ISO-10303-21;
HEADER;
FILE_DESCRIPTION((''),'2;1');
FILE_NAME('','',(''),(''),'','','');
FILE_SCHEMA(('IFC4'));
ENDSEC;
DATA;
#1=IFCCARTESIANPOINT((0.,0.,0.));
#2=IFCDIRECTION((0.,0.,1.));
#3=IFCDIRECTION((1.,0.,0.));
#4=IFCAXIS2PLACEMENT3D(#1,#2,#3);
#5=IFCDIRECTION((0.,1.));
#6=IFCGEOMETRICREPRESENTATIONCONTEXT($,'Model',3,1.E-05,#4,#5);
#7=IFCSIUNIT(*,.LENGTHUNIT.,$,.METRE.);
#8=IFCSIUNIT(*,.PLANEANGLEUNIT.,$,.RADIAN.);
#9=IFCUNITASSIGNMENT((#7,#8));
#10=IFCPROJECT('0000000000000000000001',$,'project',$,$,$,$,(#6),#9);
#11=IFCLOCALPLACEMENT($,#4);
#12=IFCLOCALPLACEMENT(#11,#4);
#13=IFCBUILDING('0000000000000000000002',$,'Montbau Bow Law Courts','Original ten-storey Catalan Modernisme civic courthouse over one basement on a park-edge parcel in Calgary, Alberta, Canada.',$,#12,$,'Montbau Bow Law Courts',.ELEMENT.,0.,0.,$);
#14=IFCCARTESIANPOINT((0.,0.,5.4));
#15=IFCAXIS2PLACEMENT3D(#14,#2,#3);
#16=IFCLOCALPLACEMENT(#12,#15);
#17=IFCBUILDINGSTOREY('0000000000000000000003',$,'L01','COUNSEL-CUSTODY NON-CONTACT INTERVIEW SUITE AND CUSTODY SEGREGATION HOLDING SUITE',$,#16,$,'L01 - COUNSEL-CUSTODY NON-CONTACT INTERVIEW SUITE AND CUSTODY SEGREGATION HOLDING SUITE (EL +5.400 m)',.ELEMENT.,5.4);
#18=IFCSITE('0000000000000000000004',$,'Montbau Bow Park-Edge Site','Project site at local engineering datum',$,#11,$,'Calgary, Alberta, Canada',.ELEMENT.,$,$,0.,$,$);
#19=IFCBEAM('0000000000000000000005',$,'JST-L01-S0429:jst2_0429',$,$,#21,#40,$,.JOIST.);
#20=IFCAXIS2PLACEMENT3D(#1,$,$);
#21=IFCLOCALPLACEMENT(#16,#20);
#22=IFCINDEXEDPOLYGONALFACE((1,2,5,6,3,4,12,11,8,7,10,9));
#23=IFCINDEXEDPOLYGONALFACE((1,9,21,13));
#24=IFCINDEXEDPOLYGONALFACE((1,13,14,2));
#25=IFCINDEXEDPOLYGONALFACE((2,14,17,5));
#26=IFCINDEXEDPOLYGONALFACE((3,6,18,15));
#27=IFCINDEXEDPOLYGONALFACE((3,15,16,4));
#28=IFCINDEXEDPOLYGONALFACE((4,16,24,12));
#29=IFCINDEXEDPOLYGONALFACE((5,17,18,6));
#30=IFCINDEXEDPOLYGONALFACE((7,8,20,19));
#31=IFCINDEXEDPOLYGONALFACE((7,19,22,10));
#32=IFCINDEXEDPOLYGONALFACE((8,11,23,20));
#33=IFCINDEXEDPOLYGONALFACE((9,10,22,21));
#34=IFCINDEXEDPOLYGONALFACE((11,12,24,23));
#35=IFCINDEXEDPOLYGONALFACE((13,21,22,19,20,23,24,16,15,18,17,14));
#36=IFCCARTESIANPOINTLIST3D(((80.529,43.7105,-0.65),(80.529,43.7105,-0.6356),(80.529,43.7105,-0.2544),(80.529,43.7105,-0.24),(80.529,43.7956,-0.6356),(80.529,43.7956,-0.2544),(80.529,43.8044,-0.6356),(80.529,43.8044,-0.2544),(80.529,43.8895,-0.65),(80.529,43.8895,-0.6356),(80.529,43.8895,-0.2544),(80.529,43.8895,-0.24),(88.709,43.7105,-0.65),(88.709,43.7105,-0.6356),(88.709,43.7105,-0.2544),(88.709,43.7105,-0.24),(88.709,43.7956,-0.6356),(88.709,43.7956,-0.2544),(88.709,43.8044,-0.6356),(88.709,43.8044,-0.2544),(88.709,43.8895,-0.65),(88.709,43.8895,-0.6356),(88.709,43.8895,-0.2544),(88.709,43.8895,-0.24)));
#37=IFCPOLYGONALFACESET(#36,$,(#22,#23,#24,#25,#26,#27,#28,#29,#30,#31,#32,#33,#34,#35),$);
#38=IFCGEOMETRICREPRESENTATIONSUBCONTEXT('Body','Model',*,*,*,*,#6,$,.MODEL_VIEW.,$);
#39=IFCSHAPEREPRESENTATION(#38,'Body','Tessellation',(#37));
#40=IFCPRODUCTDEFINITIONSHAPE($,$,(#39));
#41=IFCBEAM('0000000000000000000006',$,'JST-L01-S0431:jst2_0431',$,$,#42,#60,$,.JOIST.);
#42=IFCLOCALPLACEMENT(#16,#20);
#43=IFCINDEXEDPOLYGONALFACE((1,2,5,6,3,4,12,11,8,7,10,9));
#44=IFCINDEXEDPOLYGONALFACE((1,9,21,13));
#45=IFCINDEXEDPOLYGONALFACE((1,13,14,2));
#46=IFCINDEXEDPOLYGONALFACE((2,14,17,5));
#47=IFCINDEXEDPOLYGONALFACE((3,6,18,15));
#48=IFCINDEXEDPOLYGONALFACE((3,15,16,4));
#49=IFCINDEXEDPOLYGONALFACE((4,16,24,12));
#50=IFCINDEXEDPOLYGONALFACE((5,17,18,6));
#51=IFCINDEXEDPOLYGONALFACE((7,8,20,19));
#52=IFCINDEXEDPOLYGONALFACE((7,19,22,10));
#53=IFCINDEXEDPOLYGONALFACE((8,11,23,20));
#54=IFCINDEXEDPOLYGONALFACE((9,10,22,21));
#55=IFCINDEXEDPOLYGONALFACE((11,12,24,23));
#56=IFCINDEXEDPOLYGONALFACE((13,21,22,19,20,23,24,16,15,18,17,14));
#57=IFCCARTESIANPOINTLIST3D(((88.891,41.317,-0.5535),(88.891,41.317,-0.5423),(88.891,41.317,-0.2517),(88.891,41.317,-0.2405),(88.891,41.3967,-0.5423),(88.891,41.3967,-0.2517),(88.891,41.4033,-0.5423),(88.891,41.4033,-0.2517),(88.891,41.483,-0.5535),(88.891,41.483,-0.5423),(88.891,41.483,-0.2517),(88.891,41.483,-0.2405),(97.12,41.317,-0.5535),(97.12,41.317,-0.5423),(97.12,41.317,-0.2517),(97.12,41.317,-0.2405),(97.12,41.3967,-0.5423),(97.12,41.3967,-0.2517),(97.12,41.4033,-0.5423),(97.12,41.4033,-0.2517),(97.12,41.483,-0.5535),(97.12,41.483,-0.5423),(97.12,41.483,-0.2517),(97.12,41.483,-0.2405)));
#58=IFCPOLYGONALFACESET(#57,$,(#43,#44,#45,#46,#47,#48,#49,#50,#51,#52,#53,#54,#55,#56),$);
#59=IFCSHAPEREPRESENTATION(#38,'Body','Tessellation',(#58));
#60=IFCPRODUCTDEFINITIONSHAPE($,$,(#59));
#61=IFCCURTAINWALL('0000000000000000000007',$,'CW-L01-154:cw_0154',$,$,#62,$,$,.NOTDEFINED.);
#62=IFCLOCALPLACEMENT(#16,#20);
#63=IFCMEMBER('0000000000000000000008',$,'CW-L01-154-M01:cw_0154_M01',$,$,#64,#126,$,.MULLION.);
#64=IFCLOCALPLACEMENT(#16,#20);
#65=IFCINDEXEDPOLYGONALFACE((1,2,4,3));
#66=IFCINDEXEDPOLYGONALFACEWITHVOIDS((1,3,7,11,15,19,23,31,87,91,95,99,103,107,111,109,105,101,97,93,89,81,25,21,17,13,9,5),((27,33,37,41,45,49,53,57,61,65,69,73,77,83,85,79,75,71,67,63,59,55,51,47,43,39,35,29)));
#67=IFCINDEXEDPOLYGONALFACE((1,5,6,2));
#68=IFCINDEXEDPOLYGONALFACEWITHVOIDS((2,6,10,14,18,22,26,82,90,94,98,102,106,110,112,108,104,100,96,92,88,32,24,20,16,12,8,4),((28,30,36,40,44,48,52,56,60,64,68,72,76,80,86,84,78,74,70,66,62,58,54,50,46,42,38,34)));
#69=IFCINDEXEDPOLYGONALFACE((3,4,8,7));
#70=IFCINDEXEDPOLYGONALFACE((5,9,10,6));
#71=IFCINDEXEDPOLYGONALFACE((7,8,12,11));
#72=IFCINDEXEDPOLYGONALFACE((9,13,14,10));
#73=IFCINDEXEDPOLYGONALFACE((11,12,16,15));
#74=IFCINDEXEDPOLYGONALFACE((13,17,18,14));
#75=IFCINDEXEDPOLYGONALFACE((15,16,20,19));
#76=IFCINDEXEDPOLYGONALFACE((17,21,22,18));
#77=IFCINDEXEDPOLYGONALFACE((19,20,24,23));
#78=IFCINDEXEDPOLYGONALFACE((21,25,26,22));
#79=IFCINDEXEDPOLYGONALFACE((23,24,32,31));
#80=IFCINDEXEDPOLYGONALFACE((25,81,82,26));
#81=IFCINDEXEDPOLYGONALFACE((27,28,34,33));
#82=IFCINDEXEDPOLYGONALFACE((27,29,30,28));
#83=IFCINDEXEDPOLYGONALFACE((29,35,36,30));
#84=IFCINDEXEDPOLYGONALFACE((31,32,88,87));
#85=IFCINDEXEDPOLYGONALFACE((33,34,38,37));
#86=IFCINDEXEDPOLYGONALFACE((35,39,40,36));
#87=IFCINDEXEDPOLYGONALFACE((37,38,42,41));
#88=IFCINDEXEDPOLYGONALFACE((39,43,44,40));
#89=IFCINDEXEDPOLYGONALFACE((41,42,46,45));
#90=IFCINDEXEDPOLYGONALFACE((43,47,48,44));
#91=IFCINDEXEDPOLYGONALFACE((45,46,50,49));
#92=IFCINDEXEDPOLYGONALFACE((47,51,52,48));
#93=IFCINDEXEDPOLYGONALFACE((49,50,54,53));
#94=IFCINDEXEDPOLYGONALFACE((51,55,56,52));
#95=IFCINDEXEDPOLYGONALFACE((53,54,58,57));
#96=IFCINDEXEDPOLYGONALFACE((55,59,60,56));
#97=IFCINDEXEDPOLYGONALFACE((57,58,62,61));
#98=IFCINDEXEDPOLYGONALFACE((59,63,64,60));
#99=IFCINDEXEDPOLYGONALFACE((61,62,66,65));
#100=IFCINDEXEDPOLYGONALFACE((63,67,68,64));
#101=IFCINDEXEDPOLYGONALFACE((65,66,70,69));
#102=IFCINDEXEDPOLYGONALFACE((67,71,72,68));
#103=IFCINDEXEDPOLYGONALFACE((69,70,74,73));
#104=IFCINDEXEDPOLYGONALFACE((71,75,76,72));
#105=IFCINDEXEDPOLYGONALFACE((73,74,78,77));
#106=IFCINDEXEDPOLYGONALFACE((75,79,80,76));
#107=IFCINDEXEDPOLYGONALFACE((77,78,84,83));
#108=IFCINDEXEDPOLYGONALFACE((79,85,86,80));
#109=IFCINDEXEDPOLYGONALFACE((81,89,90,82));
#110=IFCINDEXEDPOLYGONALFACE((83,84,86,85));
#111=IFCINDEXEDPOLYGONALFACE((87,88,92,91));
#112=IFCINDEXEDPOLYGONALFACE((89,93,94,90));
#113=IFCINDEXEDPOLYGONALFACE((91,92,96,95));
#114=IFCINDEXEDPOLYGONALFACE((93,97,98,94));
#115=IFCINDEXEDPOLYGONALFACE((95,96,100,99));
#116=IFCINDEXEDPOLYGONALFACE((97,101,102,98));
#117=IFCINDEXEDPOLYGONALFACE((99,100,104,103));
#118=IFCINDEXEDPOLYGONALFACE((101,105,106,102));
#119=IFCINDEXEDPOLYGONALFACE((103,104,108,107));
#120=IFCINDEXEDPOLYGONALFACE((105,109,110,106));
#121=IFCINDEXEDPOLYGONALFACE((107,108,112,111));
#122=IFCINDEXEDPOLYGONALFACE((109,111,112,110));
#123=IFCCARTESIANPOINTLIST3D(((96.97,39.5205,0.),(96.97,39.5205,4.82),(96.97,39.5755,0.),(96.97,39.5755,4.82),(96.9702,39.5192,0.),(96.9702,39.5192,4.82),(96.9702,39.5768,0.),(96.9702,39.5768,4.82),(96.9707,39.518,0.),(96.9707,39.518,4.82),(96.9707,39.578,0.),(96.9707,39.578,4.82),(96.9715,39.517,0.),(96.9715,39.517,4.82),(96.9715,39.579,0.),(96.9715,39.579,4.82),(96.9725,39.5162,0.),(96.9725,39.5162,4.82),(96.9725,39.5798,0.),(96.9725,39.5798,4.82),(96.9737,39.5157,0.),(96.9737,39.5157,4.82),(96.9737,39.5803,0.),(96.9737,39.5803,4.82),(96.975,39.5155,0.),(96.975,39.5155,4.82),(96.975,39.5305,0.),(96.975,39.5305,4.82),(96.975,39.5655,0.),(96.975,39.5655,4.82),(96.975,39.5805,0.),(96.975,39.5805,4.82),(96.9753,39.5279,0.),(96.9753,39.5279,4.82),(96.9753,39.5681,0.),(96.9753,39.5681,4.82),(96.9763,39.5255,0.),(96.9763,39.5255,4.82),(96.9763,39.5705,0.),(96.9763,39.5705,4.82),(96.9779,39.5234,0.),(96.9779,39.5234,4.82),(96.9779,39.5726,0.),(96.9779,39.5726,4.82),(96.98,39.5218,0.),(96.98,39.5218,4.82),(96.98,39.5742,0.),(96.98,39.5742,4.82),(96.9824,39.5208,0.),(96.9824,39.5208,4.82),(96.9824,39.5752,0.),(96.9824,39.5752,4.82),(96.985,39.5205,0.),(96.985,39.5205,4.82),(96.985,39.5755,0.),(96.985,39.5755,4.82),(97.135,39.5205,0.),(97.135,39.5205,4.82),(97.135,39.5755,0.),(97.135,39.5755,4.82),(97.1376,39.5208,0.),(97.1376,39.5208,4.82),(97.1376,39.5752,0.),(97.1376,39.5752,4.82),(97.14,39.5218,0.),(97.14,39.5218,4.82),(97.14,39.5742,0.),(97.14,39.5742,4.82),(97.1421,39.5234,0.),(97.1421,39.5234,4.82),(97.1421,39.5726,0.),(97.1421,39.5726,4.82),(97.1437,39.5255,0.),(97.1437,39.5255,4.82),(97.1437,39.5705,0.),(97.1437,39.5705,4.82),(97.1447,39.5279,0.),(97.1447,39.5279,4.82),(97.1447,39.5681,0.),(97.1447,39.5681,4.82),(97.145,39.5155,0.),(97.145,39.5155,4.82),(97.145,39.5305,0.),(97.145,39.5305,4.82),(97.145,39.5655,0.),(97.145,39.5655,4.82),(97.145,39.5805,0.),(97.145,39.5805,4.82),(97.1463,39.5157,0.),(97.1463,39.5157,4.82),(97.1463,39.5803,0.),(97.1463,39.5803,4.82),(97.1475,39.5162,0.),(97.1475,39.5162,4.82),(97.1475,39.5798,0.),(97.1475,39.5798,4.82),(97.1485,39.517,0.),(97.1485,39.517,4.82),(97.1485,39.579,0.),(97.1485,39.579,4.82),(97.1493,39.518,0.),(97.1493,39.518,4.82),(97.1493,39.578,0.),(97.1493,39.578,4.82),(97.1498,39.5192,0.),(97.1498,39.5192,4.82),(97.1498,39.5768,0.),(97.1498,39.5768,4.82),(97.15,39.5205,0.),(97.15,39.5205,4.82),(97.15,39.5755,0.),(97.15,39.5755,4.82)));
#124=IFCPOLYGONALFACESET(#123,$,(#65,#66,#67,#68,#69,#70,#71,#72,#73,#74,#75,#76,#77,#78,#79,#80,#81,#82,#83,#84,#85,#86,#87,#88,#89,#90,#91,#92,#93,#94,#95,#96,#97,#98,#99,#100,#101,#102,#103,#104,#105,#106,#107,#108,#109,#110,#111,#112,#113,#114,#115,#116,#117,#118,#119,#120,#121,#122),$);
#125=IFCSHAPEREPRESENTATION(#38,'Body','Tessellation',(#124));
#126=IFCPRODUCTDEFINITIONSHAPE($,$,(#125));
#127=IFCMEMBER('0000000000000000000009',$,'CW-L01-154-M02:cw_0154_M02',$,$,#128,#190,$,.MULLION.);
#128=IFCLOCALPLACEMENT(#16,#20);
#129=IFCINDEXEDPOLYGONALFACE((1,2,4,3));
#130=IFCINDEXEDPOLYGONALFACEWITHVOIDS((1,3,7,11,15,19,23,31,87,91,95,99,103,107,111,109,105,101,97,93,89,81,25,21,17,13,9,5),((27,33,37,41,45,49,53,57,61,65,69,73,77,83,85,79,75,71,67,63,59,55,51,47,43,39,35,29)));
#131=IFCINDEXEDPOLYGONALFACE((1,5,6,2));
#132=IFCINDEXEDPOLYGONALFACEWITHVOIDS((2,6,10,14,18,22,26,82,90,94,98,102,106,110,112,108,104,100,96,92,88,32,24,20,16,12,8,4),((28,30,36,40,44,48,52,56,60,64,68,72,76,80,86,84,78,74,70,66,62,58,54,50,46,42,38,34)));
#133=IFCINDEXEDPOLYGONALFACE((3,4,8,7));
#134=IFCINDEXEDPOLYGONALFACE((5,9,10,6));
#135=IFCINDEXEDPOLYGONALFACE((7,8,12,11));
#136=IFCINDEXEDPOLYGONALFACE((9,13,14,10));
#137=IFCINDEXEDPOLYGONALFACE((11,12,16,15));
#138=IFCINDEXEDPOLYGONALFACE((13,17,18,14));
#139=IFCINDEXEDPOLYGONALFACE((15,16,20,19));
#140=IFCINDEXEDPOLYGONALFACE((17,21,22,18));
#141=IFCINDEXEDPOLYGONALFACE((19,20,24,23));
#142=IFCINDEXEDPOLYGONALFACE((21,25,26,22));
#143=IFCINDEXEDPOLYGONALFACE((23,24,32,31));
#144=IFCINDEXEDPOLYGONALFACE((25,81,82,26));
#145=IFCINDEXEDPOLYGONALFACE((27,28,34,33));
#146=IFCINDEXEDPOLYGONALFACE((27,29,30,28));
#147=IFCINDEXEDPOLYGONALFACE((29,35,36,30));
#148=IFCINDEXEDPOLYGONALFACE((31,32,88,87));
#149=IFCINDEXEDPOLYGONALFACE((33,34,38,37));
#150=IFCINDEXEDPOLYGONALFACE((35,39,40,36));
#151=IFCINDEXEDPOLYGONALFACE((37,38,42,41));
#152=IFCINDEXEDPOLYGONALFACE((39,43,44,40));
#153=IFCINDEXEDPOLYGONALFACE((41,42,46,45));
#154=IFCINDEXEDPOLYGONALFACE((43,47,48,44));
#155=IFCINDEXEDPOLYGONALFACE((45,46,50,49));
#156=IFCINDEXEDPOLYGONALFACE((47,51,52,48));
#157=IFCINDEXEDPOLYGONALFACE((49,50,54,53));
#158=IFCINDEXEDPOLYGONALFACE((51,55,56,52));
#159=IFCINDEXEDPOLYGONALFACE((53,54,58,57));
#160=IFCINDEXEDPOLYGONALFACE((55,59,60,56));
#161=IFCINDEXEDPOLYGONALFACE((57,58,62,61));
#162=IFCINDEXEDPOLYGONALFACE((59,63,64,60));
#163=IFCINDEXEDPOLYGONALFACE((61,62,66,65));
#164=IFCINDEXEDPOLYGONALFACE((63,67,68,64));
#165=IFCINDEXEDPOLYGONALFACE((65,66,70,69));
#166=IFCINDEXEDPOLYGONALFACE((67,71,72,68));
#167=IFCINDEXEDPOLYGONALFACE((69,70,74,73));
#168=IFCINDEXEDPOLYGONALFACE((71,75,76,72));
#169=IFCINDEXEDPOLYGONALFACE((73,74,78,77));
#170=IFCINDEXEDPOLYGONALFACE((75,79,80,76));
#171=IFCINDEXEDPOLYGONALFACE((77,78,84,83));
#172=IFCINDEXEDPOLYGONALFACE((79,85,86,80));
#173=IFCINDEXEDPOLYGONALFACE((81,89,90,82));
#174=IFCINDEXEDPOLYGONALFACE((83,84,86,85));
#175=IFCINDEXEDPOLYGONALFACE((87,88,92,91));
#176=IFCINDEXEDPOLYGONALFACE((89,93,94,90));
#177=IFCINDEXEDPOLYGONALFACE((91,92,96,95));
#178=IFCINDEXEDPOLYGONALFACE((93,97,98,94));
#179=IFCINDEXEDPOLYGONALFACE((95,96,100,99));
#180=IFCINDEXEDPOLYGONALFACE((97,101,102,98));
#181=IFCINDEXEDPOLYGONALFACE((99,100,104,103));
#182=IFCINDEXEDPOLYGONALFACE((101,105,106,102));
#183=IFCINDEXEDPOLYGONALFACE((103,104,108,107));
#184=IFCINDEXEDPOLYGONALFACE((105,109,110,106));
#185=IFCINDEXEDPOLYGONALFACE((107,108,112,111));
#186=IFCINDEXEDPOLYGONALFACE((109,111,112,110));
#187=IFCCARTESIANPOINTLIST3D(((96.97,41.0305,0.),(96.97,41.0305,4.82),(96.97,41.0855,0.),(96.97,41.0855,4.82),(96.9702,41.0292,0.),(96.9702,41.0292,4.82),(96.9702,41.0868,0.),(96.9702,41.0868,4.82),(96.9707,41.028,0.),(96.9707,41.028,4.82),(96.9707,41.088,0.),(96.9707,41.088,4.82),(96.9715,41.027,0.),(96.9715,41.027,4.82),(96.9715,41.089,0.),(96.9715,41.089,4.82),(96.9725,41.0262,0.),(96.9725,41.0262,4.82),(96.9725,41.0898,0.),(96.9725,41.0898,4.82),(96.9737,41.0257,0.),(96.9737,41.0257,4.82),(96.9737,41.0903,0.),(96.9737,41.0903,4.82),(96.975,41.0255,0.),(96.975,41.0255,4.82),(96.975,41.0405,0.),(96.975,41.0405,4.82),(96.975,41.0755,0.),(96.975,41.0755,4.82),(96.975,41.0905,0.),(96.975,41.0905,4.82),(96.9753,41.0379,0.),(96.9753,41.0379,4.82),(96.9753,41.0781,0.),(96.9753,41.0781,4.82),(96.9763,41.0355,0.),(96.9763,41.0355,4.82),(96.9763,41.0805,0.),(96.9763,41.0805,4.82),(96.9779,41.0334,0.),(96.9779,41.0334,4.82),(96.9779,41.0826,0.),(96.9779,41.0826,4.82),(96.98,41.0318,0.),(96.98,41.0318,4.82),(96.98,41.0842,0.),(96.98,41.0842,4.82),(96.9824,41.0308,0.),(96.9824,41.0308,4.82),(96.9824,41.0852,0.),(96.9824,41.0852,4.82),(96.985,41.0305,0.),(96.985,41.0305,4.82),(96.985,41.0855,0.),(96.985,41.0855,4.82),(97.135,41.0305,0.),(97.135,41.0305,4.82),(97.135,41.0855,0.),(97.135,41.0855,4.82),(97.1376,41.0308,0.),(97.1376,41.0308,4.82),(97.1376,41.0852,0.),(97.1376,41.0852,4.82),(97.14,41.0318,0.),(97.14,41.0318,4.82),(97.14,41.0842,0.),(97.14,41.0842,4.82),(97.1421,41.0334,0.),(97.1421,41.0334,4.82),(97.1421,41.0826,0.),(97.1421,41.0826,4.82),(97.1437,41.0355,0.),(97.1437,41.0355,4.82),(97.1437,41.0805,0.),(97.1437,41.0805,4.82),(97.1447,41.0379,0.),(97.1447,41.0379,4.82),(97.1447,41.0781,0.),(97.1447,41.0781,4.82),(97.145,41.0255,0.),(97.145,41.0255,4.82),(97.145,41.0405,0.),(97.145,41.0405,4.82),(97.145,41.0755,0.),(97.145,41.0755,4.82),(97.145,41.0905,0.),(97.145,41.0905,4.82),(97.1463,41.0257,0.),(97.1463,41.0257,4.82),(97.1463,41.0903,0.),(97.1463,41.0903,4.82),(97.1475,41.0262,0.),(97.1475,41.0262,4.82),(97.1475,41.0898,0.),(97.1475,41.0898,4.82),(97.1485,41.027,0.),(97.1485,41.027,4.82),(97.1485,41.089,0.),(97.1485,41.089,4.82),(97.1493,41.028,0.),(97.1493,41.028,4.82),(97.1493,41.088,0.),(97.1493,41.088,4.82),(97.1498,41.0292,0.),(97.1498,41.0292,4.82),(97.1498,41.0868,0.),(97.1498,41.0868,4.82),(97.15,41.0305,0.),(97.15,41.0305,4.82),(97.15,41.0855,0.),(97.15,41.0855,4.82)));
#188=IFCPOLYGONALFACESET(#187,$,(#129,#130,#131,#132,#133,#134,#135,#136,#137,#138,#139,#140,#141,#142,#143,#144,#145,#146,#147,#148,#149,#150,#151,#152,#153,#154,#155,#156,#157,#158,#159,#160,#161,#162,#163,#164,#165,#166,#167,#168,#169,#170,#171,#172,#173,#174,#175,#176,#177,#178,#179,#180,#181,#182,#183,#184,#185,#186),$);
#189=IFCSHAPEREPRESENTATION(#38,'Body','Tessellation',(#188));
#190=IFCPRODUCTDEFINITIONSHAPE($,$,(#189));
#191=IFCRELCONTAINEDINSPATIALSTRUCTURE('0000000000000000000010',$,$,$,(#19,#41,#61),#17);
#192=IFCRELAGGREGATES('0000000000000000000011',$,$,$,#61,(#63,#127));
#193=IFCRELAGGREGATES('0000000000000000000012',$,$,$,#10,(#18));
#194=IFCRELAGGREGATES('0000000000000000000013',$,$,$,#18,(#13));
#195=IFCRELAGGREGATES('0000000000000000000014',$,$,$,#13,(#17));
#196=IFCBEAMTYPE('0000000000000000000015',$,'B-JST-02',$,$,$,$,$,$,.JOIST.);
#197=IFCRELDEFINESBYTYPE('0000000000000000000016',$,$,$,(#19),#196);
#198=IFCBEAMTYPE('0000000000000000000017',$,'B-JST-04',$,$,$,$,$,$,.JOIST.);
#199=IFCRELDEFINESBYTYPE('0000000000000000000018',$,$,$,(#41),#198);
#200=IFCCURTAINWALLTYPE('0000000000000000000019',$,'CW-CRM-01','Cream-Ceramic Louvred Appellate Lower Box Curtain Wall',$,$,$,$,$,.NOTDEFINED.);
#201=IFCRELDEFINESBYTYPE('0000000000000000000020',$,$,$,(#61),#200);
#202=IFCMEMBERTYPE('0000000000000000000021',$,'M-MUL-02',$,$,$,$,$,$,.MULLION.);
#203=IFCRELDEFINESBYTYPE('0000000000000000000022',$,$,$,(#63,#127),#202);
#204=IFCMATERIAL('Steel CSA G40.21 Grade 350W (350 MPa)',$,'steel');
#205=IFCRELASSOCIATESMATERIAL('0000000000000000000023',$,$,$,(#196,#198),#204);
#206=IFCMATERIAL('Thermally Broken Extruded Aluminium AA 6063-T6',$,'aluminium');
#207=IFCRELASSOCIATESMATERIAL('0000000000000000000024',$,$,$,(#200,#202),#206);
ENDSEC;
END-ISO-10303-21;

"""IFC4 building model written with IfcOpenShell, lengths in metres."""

from ifc_helpers import new_model, si_unit, direction, frame, origin_with_axes, origin_2d_with_axis, place, context, subcontext, project, spatial, hollow_rectangle, i_section, extrude, material, material_profile, profile_set, type_object, element, aggregate, save


model = new_model("IFC4")

# Units and contexts
model_context = context("Model", 3, precision=1e-05, world=origin_with_axes(), true_north=direction((0.0, 1.0)))
body_context = subcontext(model_context, "Body", "Model", "MODEL_VIEW")
ifc_project = project(units=[si_unit("LENGTHUNIT", "METRE"), si_unit("PLANEANGLEUNIT", "RADIAN")], contexts=[model_context])

# Site, building, storey
site_placement = place(None, origin_with_axes())
site = spatial("IfcSite", under=ifc_project, at=site_placement, Name="Montbau Bow Park-Edge Site", Description="Project site at local engineering datum", LongName="Calgary, Alberta, Canada", CompositionType="ELEMENT", RefElevation=0.0)
building_placement = place(site_placement, origin_with_axes())
building = spatial("IfcBuilding", under=site, at=building_placement, Name="Montbau Bow Law Courts", Description="Original ten-storey Catalan Modernisme civic courthouse over one basement on a park-edge parcel in Calgary, Alberta, Canada.", LongName="Montbau Bow Law Courts", CompositionType="ELEMENT", ElevationOfRefHeight=0.0, ElevationOfTerrain=0.0)
storey_placement = place(building_placement, frame((0.0, 0.0, 5.4), z_axis=(0.0, 0.0, 1.0), x_axis=(1.0, 0.0, 0.0)))
storey = spatial("IfcBuildingStorey", under=building, at=storey_placement, Name="L01", Description="COUNSEL-CUSTODY NON-CONTACT INTERVIEW SUITE AND CUSTODY SEGREGATION HOLDING SUITE", LongName="L01 - COUNSEL-CUSTODY NON-CONTACT INTERVIEW SUITE AND CUSTODY SEGREGATION HOLDING SUITE (EL +5.400 m)", CompositionType="ELEMENT", Elevation=5.4)

# Shared definitions
ifc_material_1 = material(Name="Steel CSA G40.21 Grade 350W (350 MPa)", Category="steel")

# Beams
ifc_material_profile_1 = material_profile(ifc_material_1, i_section(OverallWidth=0.179, OverallDepth=0.41, WebThickness=0.0088, FlangeThickness=0.0144, at=origin_2d_with_axis()), Name="W410X67", Category="Main", Priority=0)
ifc_profile_set_1 = profile_set([ifc_material_profile_1], Name="Steel CSA G40.21 Grade 350W (350 MPa)")
beam_type_1 = type_object("IfcBeamType", Name="B-JST-02", PredefinedType="JOIST", material=ifc_profile_set_1)
beam_1_placement = place(None, frame((80.529, 43.8, 4.955), z_axis=(1.0, 0.0, 0.0), x_axis=(0.0, 1.0, 0.0)))
element("IfcBeam", 1, at=beam_1_placement, inside=storey, type_object=beam_type_1, Name="JST-L01-S0429:jst2_0429", PredefinedType="JOIST", context=body_context, shape_type="SweptSolid", body=[
    extrude(i_section(OverallWidth=0.179, OverallDepth=0.41, WebThickness=0.0088, FlangeThickness=0.0144, at=origin_2d_with_axis()), origin_with_axes(), (0.0, 0.0, 1.0), 8.18),
])
ifc_material_profile_2 = material_profile(ifc_material_1, i_section(OverallWidth=0.166, OverallDepth=0.313, WebThickness=0.0066, FlangeThickness=0.0112, at=origin_2d_with_axis()), Name="W310X45", Category="Main", Priority=0)
ifc_profile_set_2 = profile_set([ifc_material_profile_2], Name="Steel CSA G40.21 Grade 350W (350 MPa)")
beam_type_2 = type_object("IfcBeamType", Name="B-JST-04", PredefinedType="JOIST", material=ifc_profile_set_2)
beam_2_placement = place(None, frame((88.891, 41.4, 5.003), z_axis=(1.0, 0.0, 0.0), x_axis=(0.0, 1.0, 0.0)))
element("IfcBeam", 2, at=beam_2_placement, inside=storey, type_object=beam_type_2, Name="JST-L01-S0431:jst2_0431", PredefinedType="JOIST", context=body_context, shape_type="SweptSolid", body=[
    extrude(i_section(OverallWidth=0.166, OverallDepth=0.313, WebThickness=0.0066, FlangeThickness=0.0112, at=origin_2d_with_axis()), origin_with_axes(), (0.0, 0.0, 1.0), 8.229),
])

# Curtain wall, members
ifc_material_2 = material(Name="Thermally Broken Extruded Aluminium AA 6063-T6", Category="aluminium")
curtain_wall_type = type_object("IfcCurtainWallType", Name="CW-CRM-01", Description="Cream-Ceramic Louvred Appellate Lower Box Curtain Wall", PredefinedType="NOTDEFINED", material=ifc_material_2)
curtain_wall_placement = place(None, frame((97.06, 39.515, 5.4), z_axis=(0.0, 0.0, 1.0), x_axis=(1.0, 0.0, 0.0)))
curtain_wall = element("IfcCurtainWall", 3, at=curtain_wall_placement, inside=storey, type_object=curtain_wall_type, Name="CW-L01-154:cw_0154", PredefinedType="NOTDEFINED")
ifc_material_profile_3 = material_profile(ifc_material_2, hollow_rectangle(XDim=0.065, YDim=0.18, WallThickness=0.005, InnerFilletRadius=0.01, OuterFilletRadius=0.005, at=origin_2d_with_axis()), Name="CWM-180X65", Category="Main", Priority=0)
ifc_profile_set_3 = profile_set([ifc_material_profile_3], Name="Thermally Broken Extruded Aluminium AA 6063-T6")
member_type_1 = type_object("IfcMemberType", Name="M-MUL-02", PredefinedType="MULLION", material=ifc_profile_set_3)
member_1_placement = place(None, frame((97.06, 39.548, 5.4), z_axis=(0.0, 0.0, 1.0), x_axis=(0.0, 1.0, 0.0)))
member_1 = element("IfcMember", 4, at=member_1_placement, type_object=member_type_1, Name="CW-L01-154-M01:cw_0154_M01", PredefinedType="MULLION", context=body_context, shape_type="SweptSolid", body=[
    extrude(hollow_rectangle(XDim=0.065, YDim=0.18, WallThickness=0.005, InnerFilletRadius=0.01, OuterFilletRadius=0.005, at=origin_2d_with_axis()), origin_with_axes(), (0.0, 0.0, 1.0), 4.82),
])
member_2_placement = place(None, frame((97.06, 41.058, 5.4), z_axis=(0.0, 0.0, 1.0), x_axis=(0.0, 1.0, 0.0)))
member_2 = element("IfcMember", 5, at=member_2_placement, type_object=member_type_1, Name="CW-L01-154-M02:cw_0154_M02", PredefinedType="MULLION", context=body_context, shape_type="SweptSolid", body=[
    extrude(hollow_rectangle(XDim=0.065, YDim=0.18, WallThickness=0.005, InnerFilletRadius=0.01, OuterFilletRadius=0.005, at=origin_2d_with_axis()), origin_with_axes(), (0.0, 0.0, 1.0), 4.82),
])
aggregate(curtain_wall, [member_1, member_2])

save(model, "model.ifc")
